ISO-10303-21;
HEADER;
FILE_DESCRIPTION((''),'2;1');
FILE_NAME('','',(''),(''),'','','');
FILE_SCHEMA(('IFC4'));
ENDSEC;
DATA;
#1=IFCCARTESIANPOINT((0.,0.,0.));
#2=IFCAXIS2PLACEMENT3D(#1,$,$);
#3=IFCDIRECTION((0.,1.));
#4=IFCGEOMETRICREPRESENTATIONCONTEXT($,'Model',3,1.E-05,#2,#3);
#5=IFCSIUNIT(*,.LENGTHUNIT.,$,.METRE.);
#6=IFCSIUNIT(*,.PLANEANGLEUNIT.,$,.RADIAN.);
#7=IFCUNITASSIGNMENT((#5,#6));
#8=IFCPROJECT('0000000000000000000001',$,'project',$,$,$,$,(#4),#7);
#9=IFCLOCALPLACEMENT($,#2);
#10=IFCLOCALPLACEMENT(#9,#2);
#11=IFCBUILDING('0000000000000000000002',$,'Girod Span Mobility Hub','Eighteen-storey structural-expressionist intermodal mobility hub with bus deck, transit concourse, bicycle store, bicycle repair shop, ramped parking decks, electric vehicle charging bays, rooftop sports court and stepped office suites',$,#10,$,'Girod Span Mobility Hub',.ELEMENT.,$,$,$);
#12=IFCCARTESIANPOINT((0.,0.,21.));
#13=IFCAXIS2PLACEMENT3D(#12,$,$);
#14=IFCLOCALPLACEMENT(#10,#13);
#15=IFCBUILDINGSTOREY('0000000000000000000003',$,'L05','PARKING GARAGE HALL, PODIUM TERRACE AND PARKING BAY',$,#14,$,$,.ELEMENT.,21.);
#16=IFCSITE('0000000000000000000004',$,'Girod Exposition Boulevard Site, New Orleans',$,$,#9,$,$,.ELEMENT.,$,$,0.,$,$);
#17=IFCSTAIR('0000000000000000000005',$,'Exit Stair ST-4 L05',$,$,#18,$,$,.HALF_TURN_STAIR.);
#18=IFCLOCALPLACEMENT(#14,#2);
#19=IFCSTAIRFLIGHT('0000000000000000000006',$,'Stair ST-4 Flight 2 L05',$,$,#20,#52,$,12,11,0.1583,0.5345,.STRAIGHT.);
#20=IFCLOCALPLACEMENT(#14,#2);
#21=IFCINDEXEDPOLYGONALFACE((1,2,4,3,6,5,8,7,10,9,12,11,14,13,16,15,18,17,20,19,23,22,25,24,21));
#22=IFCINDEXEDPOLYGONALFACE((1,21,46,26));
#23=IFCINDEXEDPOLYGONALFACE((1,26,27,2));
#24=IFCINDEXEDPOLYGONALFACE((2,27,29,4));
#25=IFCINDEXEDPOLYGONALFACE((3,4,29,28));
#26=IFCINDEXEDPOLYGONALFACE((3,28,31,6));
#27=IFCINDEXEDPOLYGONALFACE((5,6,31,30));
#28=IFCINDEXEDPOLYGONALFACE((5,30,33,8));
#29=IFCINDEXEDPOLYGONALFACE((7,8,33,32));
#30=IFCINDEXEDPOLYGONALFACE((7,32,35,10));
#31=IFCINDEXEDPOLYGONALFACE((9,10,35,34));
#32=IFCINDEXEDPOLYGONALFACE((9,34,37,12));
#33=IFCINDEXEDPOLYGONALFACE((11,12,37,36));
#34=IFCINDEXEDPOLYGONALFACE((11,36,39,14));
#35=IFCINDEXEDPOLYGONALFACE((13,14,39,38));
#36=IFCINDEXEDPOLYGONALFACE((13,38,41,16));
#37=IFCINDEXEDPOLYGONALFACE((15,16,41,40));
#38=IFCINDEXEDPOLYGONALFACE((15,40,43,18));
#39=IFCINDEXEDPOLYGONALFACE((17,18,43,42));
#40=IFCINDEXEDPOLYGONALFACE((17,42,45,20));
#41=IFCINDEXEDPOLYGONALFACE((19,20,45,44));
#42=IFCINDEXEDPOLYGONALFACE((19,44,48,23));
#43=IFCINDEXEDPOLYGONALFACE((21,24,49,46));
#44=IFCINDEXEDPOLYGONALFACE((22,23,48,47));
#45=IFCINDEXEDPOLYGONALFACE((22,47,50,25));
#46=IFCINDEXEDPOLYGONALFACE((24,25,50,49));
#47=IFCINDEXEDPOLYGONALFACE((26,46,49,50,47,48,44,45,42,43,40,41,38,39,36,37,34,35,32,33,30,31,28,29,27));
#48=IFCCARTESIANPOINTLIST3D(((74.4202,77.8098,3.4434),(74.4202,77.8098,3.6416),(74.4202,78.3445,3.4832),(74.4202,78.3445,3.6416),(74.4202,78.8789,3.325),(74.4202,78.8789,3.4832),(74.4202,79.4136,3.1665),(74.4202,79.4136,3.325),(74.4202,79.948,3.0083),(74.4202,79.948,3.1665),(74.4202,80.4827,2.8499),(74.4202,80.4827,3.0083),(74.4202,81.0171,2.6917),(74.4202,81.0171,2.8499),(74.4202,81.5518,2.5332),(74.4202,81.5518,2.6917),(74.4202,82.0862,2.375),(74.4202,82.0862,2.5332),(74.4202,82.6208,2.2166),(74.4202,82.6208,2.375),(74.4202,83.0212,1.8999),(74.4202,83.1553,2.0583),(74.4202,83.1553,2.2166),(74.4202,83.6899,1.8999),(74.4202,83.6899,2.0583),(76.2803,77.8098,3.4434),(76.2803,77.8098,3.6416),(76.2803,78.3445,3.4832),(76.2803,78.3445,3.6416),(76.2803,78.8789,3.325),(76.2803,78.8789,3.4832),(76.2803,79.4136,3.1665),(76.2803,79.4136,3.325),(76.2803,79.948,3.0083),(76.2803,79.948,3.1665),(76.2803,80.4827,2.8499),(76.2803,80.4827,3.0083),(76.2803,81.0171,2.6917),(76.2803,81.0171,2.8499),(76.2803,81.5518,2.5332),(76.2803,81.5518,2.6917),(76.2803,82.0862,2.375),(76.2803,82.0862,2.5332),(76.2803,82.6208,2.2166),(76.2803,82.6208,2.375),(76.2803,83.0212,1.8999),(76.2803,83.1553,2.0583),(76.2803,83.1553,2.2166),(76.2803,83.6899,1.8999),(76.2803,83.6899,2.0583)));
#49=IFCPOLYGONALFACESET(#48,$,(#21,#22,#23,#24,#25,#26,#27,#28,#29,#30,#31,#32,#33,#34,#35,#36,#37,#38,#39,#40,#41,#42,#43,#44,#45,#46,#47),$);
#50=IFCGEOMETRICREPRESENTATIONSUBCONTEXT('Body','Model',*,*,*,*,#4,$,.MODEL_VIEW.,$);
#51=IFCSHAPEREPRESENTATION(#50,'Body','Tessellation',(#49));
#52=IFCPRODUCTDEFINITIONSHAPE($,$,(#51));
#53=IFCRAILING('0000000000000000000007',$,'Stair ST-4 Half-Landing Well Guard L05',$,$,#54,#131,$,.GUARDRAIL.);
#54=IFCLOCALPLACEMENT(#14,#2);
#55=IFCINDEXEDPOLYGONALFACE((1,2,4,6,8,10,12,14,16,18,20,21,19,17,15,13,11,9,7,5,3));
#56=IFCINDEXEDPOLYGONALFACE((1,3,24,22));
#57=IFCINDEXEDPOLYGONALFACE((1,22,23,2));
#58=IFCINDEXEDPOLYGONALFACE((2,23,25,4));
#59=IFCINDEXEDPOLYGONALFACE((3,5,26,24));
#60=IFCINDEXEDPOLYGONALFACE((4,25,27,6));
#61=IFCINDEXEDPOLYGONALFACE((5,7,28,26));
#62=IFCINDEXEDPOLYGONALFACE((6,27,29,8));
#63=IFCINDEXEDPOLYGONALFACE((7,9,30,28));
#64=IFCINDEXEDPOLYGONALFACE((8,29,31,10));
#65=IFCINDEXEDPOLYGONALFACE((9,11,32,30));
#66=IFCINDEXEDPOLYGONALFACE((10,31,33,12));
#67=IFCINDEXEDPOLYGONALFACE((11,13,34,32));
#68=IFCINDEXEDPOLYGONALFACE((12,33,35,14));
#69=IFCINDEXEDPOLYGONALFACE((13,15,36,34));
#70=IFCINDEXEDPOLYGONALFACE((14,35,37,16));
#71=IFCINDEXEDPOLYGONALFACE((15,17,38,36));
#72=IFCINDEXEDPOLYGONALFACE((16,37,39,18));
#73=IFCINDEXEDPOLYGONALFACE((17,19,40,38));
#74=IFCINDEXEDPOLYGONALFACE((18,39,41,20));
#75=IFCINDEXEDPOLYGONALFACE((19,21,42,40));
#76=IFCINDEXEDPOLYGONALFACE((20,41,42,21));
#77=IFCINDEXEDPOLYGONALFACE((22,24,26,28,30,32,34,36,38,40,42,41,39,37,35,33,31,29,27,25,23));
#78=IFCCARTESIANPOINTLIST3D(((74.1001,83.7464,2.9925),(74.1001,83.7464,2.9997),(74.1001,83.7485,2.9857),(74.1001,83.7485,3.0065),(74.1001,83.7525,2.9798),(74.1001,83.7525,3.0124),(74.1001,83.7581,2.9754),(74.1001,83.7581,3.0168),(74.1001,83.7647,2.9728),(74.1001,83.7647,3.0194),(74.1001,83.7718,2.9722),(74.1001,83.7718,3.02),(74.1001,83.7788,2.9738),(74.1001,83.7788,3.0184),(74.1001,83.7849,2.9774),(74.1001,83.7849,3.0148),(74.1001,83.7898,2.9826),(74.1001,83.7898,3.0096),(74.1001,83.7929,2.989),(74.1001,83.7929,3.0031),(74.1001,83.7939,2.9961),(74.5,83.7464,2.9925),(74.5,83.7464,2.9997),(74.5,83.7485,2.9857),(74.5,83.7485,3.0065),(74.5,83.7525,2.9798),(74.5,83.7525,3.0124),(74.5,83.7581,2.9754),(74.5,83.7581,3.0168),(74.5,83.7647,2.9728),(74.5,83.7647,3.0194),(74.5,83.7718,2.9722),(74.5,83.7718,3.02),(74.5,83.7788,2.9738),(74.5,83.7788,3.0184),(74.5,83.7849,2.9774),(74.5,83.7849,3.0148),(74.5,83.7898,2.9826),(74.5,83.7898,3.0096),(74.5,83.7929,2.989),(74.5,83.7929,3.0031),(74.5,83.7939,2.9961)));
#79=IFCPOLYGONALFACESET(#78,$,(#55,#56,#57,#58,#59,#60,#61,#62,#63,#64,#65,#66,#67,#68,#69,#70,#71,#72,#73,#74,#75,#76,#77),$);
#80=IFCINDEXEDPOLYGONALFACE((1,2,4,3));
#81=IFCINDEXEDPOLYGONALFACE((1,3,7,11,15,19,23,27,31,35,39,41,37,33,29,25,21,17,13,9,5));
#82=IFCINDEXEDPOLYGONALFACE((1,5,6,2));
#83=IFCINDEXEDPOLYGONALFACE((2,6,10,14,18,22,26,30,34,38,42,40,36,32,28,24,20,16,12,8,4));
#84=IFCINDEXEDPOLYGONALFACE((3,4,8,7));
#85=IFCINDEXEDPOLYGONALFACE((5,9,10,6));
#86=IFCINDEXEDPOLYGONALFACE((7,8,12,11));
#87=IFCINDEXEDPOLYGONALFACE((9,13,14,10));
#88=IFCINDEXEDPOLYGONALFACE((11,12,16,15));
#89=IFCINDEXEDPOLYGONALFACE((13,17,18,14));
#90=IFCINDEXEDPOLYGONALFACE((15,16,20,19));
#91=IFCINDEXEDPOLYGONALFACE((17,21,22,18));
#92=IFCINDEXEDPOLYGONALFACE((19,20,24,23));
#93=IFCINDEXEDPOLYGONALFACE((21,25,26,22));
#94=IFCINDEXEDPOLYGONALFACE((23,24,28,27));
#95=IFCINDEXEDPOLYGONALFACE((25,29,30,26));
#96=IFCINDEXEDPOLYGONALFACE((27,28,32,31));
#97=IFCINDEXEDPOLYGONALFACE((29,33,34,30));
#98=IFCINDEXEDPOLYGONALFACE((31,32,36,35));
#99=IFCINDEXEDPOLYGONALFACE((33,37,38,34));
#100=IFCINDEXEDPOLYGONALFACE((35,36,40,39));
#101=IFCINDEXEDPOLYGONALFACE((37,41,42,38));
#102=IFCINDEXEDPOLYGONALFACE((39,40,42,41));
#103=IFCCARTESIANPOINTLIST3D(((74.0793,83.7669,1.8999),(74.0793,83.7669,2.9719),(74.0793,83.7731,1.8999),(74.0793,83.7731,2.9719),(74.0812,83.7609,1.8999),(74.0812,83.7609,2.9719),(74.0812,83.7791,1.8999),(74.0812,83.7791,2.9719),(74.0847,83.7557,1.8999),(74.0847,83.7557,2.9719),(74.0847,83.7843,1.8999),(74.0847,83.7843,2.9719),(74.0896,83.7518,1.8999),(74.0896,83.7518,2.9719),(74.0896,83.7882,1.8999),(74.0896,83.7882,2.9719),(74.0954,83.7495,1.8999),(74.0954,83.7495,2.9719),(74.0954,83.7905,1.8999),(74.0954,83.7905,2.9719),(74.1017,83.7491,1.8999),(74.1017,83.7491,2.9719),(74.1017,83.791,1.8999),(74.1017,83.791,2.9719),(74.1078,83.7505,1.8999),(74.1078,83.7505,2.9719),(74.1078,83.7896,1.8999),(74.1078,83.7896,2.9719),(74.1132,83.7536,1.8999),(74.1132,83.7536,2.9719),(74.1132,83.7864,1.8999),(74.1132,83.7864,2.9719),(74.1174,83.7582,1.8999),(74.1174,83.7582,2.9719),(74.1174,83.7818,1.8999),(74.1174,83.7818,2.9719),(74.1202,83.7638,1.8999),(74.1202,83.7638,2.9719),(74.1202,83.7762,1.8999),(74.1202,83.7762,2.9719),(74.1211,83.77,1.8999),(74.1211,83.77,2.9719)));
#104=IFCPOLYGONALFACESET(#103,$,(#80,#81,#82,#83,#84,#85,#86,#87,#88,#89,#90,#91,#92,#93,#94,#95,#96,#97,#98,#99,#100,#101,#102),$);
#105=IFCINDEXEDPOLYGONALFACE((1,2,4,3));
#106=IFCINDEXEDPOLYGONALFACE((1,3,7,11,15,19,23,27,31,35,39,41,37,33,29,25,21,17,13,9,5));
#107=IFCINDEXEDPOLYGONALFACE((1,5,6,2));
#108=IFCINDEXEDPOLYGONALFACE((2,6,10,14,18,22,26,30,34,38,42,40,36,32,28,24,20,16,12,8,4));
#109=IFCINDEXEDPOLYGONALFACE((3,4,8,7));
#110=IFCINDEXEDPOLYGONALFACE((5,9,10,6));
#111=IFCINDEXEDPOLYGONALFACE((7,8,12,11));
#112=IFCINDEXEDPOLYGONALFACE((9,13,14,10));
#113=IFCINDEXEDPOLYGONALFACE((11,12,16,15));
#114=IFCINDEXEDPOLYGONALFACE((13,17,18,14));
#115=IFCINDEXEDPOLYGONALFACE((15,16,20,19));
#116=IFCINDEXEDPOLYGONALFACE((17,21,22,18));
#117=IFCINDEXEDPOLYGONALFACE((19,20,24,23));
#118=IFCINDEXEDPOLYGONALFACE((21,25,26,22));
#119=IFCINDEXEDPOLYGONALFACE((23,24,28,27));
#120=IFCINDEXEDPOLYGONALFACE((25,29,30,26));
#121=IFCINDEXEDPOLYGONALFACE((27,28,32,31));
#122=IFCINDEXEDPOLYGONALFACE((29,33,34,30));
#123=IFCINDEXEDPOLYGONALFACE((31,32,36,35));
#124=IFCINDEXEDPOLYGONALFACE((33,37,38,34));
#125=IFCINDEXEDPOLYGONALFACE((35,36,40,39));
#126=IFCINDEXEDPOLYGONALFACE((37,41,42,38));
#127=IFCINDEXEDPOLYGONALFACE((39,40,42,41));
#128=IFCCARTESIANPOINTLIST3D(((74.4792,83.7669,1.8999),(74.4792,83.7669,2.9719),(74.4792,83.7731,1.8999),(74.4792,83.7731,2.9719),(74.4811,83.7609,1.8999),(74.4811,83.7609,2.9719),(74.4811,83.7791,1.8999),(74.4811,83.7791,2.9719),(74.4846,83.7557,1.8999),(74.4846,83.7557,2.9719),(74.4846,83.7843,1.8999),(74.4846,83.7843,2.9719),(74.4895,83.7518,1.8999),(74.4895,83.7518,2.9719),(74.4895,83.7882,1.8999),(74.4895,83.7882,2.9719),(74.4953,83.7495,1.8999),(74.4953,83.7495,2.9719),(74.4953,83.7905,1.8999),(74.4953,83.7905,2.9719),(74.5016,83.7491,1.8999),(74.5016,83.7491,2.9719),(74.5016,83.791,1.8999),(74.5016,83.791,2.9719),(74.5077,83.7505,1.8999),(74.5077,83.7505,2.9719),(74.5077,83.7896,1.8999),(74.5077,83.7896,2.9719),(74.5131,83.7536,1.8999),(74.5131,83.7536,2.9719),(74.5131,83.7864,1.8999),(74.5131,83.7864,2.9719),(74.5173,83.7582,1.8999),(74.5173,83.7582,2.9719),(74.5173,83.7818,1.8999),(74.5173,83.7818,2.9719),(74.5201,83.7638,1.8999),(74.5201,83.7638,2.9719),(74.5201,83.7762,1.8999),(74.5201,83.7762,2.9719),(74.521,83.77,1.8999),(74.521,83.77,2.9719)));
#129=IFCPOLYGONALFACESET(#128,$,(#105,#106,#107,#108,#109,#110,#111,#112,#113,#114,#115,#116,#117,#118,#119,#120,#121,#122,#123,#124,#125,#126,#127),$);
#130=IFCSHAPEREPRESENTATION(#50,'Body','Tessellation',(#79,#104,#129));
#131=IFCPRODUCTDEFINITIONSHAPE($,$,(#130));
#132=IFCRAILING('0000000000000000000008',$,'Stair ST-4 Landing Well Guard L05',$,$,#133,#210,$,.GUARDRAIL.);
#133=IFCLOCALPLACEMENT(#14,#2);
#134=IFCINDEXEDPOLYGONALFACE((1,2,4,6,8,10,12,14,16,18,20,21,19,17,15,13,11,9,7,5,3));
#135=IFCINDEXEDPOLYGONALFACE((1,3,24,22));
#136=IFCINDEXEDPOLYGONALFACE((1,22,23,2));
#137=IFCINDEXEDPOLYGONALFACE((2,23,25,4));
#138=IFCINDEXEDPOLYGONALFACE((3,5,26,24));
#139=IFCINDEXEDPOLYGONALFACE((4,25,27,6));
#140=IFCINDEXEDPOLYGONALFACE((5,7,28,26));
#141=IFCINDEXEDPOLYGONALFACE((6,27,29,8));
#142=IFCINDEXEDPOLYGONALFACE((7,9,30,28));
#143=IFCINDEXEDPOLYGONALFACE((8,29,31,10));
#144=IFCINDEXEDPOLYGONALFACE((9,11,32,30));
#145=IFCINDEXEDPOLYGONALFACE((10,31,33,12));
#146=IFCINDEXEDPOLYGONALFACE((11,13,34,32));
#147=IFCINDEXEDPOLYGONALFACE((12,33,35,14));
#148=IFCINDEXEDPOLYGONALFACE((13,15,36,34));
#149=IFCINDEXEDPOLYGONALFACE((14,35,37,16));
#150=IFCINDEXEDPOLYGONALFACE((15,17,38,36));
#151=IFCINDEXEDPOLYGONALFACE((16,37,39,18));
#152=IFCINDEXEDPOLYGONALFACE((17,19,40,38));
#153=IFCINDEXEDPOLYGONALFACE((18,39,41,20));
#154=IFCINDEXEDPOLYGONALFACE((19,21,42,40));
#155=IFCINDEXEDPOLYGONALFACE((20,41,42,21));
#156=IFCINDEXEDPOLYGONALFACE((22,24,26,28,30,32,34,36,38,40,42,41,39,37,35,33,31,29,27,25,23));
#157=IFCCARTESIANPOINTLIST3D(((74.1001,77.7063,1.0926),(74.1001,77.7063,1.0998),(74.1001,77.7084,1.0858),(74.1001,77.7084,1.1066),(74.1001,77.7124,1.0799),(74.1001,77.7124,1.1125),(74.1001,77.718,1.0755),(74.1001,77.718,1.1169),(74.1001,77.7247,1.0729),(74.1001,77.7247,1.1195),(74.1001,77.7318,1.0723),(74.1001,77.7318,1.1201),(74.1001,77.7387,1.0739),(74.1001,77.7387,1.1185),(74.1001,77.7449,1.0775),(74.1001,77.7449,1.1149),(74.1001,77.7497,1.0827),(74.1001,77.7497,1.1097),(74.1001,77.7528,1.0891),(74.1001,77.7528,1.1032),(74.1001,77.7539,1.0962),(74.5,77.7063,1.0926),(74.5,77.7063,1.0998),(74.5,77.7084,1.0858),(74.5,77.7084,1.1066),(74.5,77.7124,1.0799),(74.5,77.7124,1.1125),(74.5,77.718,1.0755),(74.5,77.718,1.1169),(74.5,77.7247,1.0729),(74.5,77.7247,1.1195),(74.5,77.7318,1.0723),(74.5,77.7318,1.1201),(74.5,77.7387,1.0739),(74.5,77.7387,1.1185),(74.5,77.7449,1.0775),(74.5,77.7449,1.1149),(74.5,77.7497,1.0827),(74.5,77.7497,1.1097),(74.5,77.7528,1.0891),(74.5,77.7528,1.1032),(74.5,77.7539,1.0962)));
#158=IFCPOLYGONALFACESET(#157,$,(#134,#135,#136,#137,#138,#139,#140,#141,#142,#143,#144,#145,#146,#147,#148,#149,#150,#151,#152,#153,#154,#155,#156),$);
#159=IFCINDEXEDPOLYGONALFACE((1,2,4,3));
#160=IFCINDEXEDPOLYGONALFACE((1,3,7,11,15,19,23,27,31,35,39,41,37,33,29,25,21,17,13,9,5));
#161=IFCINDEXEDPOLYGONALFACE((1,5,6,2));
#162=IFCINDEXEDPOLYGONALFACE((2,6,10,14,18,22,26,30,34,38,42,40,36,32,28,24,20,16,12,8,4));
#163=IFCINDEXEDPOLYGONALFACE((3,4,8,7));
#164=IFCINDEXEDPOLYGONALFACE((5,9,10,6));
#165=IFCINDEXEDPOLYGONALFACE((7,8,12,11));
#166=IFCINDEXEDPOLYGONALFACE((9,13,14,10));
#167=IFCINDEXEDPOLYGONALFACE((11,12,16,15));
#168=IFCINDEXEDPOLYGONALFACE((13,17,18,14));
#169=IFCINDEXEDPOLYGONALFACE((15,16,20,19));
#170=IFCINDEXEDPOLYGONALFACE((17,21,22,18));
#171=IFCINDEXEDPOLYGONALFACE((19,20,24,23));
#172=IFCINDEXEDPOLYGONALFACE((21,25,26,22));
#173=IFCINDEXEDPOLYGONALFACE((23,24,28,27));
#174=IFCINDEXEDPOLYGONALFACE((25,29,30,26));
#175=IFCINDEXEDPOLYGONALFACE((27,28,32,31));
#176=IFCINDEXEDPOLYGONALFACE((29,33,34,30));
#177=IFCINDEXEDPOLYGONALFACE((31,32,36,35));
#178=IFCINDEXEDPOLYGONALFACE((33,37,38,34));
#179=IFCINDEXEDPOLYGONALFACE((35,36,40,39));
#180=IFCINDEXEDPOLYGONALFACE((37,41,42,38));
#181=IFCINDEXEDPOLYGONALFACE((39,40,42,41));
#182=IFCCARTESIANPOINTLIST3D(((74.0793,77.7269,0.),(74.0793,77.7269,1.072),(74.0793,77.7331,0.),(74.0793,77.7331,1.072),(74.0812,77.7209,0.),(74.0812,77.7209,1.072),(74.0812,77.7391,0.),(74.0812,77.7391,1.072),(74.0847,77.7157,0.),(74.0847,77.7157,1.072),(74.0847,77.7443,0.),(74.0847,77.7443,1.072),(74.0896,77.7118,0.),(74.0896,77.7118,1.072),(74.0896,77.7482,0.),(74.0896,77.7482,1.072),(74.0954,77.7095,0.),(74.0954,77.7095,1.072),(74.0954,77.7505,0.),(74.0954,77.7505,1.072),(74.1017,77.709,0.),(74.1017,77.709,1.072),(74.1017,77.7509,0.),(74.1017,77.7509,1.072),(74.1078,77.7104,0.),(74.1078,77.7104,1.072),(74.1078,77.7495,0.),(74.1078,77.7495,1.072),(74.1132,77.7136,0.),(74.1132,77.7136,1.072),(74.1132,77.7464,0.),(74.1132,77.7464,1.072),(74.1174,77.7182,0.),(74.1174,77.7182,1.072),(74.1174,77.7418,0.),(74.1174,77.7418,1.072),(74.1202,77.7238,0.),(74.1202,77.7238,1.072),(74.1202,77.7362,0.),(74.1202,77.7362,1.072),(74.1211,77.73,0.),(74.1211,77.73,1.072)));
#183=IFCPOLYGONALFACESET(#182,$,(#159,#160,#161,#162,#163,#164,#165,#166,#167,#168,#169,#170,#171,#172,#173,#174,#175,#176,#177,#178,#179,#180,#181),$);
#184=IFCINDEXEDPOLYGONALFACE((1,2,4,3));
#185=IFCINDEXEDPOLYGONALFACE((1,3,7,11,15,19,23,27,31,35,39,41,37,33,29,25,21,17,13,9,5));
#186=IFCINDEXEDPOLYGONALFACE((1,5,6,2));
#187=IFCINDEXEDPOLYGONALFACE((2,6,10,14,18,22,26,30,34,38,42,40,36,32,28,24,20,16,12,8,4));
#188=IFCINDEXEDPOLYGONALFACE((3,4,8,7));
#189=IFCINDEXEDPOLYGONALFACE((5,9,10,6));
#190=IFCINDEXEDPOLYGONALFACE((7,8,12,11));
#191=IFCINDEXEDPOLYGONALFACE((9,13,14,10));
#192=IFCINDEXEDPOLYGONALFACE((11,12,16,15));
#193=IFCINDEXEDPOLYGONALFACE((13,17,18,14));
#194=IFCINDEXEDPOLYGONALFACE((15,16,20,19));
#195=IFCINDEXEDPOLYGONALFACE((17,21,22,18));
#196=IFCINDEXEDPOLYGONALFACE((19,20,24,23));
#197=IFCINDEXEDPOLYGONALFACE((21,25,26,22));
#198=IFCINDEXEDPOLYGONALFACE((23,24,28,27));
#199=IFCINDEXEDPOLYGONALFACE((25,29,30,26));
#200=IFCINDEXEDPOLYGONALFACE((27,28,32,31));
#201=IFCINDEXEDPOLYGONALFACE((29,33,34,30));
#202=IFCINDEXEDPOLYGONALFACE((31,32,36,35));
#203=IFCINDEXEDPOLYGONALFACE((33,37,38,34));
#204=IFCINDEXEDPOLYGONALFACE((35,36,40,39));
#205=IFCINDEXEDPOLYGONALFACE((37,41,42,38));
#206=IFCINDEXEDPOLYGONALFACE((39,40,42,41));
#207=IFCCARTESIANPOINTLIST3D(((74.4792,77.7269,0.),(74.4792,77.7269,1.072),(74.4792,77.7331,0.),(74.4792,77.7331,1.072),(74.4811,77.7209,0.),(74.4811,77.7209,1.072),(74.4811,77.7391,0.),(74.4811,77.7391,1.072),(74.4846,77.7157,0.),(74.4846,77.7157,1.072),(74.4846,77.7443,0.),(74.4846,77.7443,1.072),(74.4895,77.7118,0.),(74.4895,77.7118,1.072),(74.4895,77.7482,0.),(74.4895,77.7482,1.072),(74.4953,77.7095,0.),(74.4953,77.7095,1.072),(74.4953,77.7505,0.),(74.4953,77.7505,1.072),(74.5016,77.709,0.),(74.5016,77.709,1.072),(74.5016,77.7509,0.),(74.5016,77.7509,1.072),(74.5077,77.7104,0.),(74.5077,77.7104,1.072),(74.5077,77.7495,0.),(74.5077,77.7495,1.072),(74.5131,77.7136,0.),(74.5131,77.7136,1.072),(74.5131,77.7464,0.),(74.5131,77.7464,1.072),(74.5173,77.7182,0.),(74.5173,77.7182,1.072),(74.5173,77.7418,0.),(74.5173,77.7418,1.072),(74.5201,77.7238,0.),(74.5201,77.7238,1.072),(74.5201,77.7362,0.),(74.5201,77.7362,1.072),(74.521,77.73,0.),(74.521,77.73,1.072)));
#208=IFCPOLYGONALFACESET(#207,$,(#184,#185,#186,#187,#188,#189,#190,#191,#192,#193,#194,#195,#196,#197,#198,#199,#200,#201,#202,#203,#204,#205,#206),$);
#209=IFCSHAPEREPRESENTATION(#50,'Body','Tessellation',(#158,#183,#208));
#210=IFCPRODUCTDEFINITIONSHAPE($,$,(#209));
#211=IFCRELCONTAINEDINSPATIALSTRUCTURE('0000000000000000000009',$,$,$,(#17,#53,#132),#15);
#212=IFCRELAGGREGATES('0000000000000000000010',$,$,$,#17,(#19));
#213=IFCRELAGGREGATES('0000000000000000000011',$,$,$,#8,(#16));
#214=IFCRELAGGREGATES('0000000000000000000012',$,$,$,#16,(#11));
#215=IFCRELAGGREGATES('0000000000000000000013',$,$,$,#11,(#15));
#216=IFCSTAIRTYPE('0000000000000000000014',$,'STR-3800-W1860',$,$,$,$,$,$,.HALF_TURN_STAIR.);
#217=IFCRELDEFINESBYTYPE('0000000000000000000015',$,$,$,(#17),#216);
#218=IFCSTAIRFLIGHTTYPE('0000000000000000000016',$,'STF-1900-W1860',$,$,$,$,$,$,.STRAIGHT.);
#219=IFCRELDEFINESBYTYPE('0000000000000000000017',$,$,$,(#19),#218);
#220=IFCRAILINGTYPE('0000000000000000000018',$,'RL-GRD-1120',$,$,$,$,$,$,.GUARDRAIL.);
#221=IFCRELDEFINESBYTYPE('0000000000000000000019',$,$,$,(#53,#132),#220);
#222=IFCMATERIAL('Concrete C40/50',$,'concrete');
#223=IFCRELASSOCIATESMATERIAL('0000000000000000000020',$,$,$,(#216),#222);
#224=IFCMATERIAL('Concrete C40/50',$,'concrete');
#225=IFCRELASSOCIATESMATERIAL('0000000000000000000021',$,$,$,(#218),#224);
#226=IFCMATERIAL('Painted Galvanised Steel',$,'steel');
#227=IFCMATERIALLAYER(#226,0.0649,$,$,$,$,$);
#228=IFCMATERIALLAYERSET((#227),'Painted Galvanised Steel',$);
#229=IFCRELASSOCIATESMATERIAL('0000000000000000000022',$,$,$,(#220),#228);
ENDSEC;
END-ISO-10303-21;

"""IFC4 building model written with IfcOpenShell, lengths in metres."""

from ifc_helpers import new_model, si_unit, direction, frame, origin, origin_2d, place, context, subcontext, project, spatial, polyline, circle, outline, extrude, material, layer, layer_set, type_object, element, aggregate, save


model = new_model("IFC4")

# Units and contexts
model_context = context("Model", 3, precision=1e-05, world=origin(), true_north=direction((0.0, 1.0)))
body_context = subcontext(model_context, "Body", "Model", "MODEL_VIEW")
ifc_project = project(units=[si_unit("LENGTHUNIT", "METRE"), si_unit("PLANEANGLEUNIT", "RADIAN")], contexts=[model_context])

# Site, building, storey
site_placement = place(None, origin())
site = spatial("IfcSite", under=ifc_project, at=site_placement, Name="Girod Exposition Boulevard Site, New Orleans", CompositionType="ELEMENT", RefElevation=0.0)
building_placement = place(site_placement, origin())
building = spatial("IfcBuilding", under=site, at=building_placement, Name="Girod Span Mobility Hub", Description="Eighteen-storey structural-expressionist intermodal mobility hub with bus deck, transit concourse, bicycle store, bicycle repair shop, ramped parking decks, electric vehicle charging bays, rooftop sports court and stepped office suites", LongName="Girod Span Mobility Hub", CompositionType="ELEMENT")
storey_placement = place(building_placement, frame((0.0, 0.0, 21.0)))
storey = spatial("IfcBuildingStorey", under=building, at=storey_placement, Name="L05", Description="PARKING GARAGE HALL, PODIUM TERRACE AND PARKING BAY", CompositionType="ELEMENT", Elevation=21.0)

# Stair, stair flight
ifc_material_1 = material(Name="Concrete C40/50", Category="concrete")
stair_type = type_object("IfcStairType", Name="STR-3800-W1860", PredefinedType="HALF_TURN_STAIR", material=ifc_material_1)
stair_placement = place(storey_placement, origin())
stair = element("IfcStair", 1, at=stair_placement, inside=storey, type_object=stair_type, Name="Exit Stair ST-4 L05", PredefinedType="HALF_TURN_STAIR")
ifc_material_2 = material(Name="Concrete C40/50", Category="concrete")
stair_flight_type = type_object("IfcStairFlightType", Name="STF-1900-W1860", PredefinedType="STRAIGHT", material=ifc_material_2)
stair_flight_1_placement = place(storey_placement, frame((75.3501, 83.6899, 1.8999), z_axis=(0.0, 0.0, 1.0), x_axis=(0.0, -1.0, 0.0)))
stair_flight_1 = element("IfcStairFlight", 2, at=stair_flight_1_placement, type_object=stair_flight_type, Name="Stair ST-4 Flight 2 L05", NumberOfRisers=12, NumberOfTreads=11, PredefinedType="STRAIGHT", RiserHeight=0.1583, TreadLength=0.5345, context=body_context, shape_type="SweptSolid", body=[
    extrude(outline(polyline([(0.0, 0.0), (0.0, 0.1584), (0.5347, 0.1584), (0.5347, 0.3167), (1.0691, 0.3167), (1.0691, 0.4751), (1.6038, 0.4751), (1.6038, 0.6333), (2.1382, 0.6333), (2.1382, 0.7917), (2.6729, 0.7917), (2.6729, 0.95), (3.2073, 0.95), (3.2073, 1.1084), (3.7419, 1.1084), (3.7419, 1.2666), (4.2764, 1.2666), (4.2764, 1.425), (4.811, 1.425), (4.811, 1.5833), (5.3455, 1.5833), (5.3455, 1.7417), (5.8801, 1.7417), (5.8801, 1.8999), (5.8801, 1.5435), (0.6687, 0.0), (0.0, 0.0)])), frame((0.0, 0.9302, 0.0), z_axis=(0.0, -1.0, 0.0), x_axis=(1.0, 0.0, 0.0)), (0.0, 0.0, 1.0), 1.8601),
])
aggregate(stair, [stair_flight_1])

# Railings
ifc_material_3 = material(Name="Painted Galvanised Steel", Category="steel")
ifc_layer_1 = layer(ifc_material_3, 0.0649)
ifc_layer_set_1 = layer_set([ifc_layer_1], Name="Painted Galvanised Steel")
railing_type_1 = type_object("IfcRailingType", Name="RL-GRD-1120", PredefinedType="GUARDRAIL", material=ifc_layer_set_1)
for number, where, name in (
    (3, (74.1001, 83.77, 1.8999), "Stair ST-4 Half-Landing Well Guard L05"),
    (4, (74.1001, 77.73, 0.0), "Stair ST-4 Landing Well Guard L05"),
):
    element("IfcRailing", number, at=place(storey_placement, frame(where)), inside=storey, type_object=railing_type_1, Name=name, PredefinedType="GUARDRAIL", context=body_context, shape_type="SweptSolid", body=[
        extrude(circle(Radius=0.0239, at=origin_2d()), frame((0.0, 0.0, 1.0962), z_axis=(1.0, 0.0, 0.0), x_axis=(0.0, 1.0, 0.0)), (0.0, 0.0, 1.0), 0.3999),
        extrude(circle(Radius=0.021, at=origin_2d()), origin(), (0.0, 0.0, 1.0), 1.072),
        extrude(circle(Radius=0.021, at=origin_2d()), frame((0.3999, 0.0, 0.0)), (0.0, 0.0, 1.0), 1.072),
    ])

save(model, "model.ifc")
